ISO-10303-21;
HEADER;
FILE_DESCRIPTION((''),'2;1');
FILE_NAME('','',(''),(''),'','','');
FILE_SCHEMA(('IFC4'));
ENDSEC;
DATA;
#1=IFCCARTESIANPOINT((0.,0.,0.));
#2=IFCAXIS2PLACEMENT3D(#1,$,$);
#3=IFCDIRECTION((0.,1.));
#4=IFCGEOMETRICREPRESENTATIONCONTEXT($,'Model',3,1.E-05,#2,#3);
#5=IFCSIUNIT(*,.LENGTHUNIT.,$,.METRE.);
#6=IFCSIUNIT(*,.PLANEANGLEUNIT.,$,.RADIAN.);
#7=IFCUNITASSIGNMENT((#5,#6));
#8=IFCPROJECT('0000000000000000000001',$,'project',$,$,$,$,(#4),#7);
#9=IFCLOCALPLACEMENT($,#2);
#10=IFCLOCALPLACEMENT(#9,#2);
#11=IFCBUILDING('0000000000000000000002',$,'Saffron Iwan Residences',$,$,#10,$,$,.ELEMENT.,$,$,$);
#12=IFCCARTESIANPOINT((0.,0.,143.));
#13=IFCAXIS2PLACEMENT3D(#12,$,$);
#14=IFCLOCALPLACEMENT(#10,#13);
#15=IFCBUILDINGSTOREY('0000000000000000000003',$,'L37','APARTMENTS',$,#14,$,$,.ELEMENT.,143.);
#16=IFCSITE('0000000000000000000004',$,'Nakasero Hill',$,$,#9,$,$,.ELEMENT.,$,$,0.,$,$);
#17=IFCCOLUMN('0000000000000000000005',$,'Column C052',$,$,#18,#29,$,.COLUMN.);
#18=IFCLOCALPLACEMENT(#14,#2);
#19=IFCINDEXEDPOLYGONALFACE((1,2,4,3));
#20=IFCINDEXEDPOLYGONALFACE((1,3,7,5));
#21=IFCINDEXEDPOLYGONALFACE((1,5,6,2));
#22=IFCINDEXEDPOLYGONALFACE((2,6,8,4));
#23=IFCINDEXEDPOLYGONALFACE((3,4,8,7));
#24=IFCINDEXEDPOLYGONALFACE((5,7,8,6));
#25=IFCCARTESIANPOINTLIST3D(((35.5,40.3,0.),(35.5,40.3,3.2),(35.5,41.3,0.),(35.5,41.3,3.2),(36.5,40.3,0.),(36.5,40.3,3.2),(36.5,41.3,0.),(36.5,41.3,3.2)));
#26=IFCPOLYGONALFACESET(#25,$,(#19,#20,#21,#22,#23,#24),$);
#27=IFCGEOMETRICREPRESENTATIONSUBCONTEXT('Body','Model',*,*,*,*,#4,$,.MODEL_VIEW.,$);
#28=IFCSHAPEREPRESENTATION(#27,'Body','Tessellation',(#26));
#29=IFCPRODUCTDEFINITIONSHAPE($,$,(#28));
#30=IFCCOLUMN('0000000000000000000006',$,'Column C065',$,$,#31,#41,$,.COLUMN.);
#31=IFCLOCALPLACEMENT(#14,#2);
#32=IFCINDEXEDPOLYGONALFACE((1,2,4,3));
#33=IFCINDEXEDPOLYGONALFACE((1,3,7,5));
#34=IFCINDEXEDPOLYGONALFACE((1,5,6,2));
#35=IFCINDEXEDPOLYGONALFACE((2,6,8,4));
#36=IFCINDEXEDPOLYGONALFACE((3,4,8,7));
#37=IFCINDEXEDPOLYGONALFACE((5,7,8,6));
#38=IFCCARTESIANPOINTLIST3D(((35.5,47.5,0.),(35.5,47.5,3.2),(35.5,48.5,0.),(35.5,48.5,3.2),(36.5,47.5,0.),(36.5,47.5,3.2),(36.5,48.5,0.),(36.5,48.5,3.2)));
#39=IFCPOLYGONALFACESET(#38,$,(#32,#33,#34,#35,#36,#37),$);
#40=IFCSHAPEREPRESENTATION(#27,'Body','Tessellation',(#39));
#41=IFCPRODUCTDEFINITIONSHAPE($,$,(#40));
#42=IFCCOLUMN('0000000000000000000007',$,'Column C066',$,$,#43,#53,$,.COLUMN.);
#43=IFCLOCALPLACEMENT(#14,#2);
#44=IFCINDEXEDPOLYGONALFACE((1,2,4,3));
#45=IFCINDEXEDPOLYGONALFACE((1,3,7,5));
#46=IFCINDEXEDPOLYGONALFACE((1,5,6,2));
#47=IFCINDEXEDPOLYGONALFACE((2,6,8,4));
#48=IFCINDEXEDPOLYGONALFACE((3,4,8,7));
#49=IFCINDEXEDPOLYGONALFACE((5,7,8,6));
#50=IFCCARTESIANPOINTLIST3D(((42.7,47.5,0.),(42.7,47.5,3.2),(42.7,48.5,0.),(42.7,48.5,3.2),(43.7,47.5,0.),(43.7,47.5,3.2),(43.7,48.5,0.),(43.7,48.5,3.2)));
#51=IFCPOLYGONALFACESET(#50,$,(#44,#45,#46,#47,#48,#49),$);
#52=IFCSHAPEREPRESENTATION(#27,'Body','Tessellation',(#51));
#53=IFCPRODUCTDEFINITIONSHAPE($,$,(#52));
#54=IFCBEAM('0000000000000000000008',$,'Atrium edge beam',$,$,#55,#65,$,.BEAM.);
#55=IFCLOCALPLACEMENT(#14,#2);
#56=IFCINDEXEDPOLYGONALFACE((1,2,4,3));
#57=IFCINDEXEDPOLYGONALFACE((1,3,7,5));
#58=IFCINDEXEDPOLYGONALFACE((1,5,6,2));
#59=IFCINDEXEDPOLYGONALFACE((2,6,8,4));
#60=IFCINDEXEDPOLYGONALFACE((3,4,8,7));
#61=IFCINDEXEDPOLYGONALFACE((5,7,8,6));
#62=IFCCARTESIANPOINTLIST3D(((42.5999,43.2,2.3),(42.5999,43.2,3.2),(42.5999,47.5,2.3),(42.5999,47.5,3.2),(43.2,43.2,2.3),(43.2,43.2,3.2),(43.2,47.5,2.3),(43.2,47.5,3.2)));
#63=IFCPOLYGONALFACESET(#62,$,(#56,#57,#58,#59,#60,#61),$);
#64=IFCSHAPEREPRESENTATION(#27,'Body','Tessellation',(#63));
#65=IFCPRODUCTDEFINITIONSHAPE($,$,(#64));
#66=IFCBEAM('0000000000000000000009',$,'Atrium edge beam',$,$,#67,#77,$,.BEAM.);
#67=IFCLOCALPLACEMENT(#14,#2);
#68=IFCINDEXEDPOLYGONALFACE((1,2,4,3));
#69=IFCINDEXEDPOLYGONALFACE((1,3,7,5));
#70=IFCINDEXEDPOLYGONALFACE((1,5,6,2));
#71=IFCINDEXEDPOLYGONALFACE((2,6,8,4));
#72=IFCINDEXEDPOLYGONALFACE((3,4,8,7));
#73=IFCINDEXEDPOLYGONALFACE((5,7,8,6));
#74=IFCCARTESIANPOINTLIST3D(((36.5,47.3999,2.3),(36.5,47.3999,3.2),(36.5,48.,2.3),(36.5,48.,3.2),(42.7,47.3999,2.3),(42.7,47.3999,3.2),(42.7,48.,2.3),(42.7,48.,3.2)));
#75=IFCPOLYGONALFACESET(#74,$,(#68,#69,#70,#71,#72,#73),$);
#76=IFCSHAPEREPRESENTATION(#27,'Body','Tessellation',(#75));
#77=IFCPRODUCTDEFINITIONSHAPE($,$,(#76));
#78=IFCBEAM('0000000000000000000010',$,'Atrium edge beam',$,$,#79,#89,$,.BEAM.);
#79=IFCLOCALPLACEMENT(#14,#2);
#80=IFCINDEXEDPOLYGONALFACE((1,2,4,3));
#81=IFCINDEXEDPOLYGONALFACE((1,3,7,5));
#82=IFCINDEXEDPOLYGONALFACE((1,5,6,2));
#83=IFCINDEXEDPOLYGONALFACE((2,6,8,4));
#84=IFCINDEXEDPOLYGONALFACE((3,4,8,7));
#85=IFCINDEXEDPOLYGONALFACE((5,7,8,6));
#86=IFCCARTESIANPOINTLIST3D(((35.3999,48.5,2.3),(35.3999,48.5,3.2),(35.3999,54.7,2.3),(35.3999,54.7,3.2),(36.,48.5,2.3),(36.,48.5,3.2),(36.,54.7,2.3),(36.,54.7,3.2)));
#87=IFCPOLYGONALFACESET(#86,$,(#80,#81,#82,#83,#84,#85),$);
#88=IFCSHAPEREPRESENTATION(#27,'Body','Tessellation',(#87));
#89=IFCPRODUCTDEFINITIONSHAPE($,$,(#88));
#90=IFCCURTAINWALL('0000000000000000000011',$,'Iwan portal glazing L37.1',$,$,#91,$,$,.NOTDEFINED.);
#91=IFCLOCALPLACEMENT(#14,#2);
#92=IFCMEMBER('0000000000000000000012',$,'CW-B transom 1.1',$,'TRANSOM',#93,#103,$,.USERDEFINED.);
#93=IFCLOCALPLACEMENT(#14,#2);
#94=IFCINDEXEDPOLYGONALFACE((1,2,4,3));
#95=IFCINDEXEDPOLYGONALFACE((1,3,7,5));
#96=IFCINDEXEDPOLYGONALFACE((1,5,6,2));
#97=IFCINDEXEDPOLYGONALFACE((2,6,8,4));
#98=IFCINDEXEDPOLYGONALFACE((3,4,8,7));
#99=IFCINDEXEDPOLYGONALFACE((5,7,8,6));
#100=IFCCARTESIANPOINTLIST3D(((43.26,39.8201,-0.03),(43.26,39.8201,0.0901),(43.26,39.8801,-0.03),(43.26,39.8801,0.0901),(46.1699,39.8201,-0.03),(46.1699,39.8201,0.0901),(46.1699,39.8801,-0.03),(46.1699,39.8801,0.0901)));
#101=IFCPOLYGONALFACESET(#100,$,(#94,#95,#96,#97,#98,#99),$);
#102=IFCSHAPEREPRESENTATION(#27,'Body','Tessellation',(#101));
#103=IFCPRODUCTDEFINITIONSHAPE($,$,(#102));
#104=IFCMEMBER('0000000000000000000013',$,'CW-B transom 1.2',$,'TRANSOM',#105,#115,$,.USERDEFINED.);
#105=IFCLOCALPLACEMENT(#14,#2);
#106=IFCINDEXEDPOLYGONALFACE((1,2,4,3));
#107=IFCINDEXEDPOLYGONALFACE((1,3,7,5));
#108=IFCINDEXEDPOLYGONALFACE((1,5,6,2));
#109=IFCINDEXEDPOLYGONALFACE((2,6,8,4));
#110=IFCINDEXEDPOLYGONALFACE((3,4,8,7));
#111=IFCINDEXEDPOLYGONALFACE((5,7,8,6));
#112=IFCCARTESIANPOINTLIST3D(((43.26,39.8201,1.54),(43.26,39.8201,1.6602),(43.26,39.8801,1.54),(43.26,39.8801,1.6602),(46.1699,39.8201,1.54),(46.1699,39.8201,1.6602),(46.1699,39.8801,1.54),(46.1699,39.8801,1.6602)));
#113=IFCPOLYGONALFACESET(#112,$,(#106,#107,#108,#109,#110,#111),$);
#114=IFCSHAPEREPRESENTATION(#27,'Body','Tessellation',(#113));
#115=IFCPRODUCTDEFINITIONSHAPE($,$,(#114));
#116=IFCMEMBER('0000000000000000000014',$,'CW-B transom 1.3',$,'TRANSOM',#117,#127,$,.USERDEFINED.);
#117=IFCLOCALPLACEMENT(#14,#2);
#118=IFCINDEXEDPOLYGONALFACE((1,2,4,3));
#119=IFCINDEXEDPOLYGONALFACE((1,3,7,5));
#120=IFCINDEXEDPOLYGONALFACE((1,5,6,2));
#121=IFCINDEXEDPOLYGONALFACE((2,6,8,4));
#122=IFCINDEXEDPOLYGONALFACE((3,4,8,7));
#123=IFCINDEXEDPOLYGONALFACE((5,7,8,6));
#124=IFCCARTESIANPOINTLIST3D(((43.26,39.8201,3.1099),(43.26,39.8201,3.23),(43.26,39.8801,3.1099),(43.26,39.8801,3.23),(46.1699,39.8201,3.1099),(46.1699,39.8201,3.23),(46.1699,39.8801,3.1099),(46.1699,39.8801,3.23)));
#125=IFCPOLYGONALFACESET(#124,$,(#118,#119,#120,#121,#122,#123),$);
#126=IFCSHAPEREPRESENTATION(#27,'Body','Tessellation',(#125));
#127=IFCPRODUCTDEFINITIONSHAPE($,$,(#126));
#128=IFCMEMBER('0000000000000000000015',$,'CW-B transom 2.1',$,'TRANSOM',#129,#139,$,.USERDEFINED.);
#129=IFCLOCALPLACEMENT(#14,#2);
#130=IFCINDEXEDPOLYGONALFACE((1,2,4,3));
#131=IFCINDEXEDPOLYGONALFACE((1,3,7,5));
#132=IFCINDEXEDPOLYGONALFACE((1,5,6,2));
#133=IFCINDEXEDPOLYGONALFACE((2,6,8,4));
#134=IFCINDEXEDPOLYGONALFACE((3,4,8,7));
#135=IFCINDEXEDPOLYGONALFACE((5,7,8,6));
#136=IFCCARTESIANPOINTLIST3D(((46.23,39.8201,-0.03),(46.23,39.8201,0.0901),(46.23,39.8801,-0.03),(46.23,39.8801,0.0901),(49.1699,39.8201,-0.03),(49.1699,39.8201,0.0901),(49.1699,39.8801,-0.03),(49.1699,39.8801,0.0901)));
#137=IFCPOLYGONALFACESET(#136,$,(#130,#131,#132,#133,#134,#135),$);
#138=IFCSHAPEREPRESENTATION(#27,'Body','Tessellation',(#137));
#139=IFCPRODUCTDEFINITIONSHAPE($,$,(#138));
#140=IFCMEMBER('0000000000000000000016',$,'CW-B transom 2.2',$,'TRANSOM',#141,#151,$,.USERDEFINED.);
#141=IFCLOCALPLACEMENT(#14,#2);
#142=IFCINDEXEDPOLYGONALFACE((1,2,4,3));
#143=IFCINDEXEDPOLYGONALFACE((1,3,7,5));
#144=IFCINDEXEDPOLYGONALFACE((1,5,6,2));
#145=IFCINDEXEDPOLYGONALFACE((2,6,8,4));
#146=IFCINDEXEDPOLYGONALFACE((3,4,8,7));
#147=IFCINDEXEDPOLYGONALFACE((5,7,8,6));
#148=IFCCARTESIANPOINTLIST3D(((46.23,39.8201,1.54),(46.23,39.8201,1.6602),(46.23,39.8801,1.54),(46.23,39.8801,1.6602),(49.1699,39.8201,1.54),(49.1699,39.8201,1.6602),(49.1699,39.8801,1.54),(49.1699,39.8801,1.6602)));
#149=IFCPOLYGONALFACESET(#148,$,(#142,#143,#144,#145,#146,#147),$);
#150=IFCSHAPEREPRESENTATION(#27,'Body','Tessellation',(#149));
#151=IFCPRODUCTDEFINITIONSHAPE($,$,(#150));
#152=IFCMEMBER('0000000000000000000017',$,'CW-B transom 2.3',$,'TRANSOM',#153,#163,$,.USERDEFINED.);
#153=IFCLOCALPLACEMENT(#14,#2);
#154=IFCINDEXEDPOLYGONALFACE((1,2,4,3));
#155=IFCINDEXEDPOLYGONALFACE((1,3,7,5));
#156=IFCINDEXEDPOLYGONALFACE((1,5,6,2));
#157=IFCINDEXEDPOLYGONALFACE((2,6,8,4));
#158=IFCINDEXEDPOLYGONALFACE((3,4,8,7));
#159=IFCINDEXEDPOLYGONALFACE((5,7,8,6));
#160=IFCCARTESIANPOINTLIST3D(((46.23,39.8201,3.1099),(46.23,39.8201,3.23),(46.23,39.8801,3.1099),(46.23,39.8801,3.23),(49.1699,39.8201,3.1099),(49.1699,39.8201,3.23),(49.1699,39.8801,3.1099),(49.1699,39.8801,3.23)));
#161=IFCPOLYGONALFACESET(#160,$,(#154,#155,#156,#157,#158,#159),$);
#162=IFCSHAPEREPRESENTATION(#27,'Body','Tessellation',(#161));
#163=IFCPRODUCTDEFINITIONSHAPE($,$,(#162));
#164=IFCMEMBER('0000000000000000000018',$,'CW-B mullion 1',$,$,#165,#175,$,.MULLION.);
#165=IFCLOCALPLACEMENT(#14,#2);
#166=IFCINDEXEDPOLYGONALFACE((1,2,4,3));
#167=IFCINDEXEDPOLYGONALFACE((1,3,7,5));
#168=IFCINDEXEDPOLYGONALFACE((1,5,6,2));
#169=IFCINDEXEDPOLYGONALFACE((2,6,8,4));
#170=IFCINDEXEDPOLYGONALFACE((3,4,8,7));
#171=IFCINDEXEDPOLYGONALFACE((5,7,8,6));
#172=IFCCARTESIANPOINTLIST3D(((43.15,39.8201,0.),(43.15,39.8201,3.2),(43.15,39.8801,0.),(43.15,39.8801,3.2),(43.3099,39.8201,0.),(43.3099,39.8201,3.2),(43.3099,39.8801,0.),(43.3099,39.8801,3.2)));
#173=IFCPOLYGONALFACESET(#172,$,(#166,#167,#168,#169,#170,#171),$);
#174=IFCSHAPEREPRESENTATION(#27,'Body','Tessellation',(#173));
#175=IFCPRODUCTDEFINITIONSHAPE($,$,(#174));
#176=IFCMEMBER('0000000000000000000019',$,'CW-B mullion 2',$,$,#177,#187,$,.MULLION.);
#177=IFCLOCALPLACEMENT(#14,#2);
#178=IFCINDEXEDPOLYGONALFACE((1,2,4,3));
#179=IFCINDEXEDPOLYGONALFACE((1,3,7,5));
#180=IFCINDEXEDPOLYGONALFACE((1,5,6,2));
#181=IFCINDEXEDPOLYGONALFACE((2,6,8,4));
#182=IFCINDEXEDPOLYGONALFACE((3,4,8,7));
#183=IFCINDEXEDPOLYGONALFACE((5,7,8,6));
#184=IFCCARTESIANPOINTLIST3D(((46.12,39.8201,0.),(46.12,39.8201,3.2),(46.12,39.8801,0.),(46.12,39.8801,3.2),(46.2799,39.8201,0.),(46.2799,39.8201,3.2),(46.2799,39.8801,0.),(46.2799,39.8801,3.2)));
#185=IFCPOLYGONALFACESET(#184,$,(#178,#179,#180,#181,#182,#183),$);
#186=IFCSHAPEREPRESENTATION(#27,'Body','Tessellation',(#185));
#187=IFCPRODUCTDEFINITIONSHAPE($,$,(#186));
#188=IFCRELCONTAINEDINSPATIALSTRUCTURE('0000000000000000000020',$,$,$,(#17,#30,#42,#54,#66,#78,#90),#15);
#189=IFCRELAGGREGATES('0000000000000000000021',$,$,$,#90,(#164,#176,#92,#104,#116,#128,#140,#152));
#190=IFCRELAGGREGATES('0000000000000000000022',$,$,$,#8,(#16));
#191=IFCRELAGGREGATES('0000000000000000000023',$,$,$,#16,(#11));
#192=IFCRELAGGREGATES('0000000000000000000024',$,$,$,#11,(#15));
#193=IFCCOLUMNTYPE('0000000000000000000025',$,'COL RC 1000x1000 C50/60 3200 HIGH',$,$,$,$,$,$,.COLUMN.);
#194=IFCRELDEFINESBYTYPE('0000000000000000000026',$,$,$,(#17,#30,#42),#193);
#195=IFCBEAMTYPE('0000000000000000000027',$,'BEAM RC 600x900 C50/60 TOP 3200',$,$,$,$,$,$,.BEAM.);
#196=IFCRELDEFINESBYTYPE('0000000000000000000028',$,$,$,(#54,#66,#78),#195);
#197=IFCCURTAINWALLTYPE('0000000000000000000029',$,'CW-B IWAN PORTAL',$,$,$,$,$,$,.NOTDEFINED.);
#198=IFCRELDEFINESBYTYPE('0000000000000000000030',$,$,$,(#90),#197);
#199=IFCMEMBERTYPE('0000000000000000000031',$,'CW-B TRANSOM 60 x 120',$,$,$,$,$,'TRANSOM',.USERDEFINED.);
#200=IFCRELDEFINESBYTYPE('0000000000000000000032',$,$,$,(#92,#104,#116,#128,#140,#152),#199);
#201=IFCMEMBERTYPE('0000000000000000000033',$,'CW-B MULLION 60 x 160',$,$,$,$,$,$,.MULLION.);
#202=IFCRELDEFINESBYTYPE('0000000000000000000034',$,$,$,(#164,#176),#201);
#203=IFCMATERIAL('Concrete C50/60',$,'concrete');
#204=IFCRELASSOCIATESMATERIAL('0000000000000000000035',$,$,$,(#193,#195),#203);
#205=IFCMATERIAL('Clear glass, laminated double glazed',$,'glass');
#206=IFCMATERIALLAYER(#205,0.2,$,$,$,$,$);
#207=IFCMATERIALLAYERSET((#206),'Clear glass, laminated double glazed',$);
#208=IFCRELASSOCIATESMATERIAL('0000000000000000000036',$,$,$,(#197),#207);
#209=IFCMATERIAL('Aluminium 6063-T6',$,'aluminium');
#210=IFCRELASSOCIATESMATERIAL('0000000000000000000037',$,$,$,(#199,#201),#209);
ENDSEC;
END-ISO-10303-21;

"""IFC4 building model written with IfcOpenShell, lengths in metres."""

from ifc_helpers import new_model, si_unit, direction, frame, origin, origin_2d, place, context, subcontext, project, spatial, rectangle, extrude, source, transform, mapped, material, layer, layer_set, material_profile, profile_set, type_object, element, aggregate, save


model = new_model("IFC4")

# Units and contexts
model_context = context("Model", 3, precision=1e-05, world=origin(), true_north=direction((0.0, 1.0)))
body_context = subcontext(model_context, "Body", "Model", "MODEL_VIEW")
ifc_project = project(units=[si_unit("LENGTHUNIT", "METRE"), si_unit("PLANEANGLEUNIT", "RADIAN")], contexts=[model_context])

# Site, building, storey
site_placement = place(None, origin())
site = spatial("IfcSite", under=ifc_project, at=site_placement, Name="Nakasero Hill", CompositionType="ELEMENT", RefElevation=0.0)
building_placement = place(site_placement, origin())
building = spatial("IfcBuilding", under=site, at=building_placement, Name="Saffron Iwan Residences", CompositionType="ELEMENT")
storey_placement = place(building_placement, frame((0.0, 0.0, 143.0)))
storey = spatial("IfcBuildingStorey", under=building, at=storey_placement, Name="L37", Description="APARTMENTS", CompositionType="ELEMENT", Elevation=143.0)

# Columns
ifc_material_1 = material(Name="Concrete C50/60", Category="concrete")
ifc_material_profile_1 = material_profile(ifc_material_1, rectangle(XDim=1.0, YDim=1.0, at=origin_2d()), Name="RC 1000x1000")
ifc_profile_set_1 = profile_set([ifc_material_profile_1], Name="Concrete C50/60")
column_type = type_object("IfcColumnType", Name="COL RC 1000x1000 C50/60 3200 HIGH", PredefinedType="COLUMN", material=ifc_profile_set_1)
shared_shape_1 = source(origin(), body_context, "Body", "SweptSolid", [
    extrude(rectangle(XDim=1.0, YDim=1.0, at=origin_2d()), origin(), (0.0, 0.0, 1.0), 3.2),
])
for number, where, z_axis, x_axis, name in (
    (1, (36.0, 40.8, 0.0), (0.0, 0.0, 1.0), (1.0, 0.0, 0.0), "Column C052"),
    (2, (36.0, 48.0, 0.0), (0.0, 0.0, 1.0), (1.0, 0.0, 0.0), "Column C065"),
    (3, (43.2, 48.0, 0.0), (0.0, 0.0, 1.0), (1.0, 0.0, 0.0), "Column C066"),
):
    element("IfcColumn", number, at=place(storey_placement, frame(where, z_axis=z_axis, x_axis=x_axis)), inside=storey, type_object=column_type, Name=name, PredefinedType="COLUMN", context=body_context, shape_type="MappedRepresentation", body=[
        mapped(shared_shape_1, transform((0.0, 0.0, 0.0))),
    ])

# Beams
ifc_material_profile_2 = material_profile(ifc_material_1, rectangle(XDim=0.6001, YDim=0.8999, at=origin_2d()), Name="RC 600x900")
ifc_profile_set_2 = profile_set([ifc_material_profile_2], Name="Concrete C50/60")
beam_type = type_object("IfcBeamType", Name="BEAM RC 600x900 C50/60 TOP 3200", PredefinedType="BEAM", material=ifc_profile_set_2)
shared_shape_2 = source(origin(), body_context, "Body", "SweptSolid", [
    extrude(rectangle(XDim=0.6001, YDim=0.8999, at=origin_2d()), origin(), (0.0, 0.0, 1.0), 4.3),
])
beam_placement = place(storey_placement, frame((42.8999, 43.2, 2.75), z_axis=(0.0, 1.0, 0.0), x_axis=(-1.0, 0.0, 0.0)))
element("IfcBeam", 4, at=beam_placement, inside=storey, type_object=beam_type, Name="Atrium edge beam", PredefinedType="BEAM", context=body_context, shape_type="MappedRepresentation", body=[
    mapped(shared_shape_2, transform((0.0, 0.0, 0.0))),
])
shared_shape_3 = source(origin(), body_context, "Body", "SweptSolid", [
    extrude(rectangle(XDim=0.6001, YDim=0.8999, at=origin_2d()), origin(), (0.0, 0.0, 1.0), 6.2),
])
for number, where, z_axis, x_axis, name in (
    (5, (42.7, 47.7, 2.75), (-1.0, 0.0, 0.0), (0.0, -1.0, 0.0), "Atrium edge beam"),
    (6, (35.7, 48.5, 2.75), (0.0, 1.0, 0.0), (-1.0, 0.0, 0.0), "Atrium edge beam"),
):
    element("IfcBeam", number, at=place(storey_placement, frame(where, z_axis=z_axis, x_axis=x_axis)), inside=storey, type_object=beam_type, Name=name, PredefinedType="BEAM", context=body_context, shape_type="MappedRepresentation", body=[
        mapped(shared_shape_3, transform((0.0, 0.0, 0.0))),
    ])

# Curtain wall, members
ifc_material_2 = material(Name="Clear glass, laminated double glazed", Category="glass")
ifc_layer_1 = layer(ifc_material_2, 0.2)
ifc_layer_set_1 = layer_set([ifc_layer_1], Name="Clear glass, laminated double glazed")
curtain_wall_type = type_object("IfcCurtainWallType", Name="CW-B IWAN PORTAL", PredefinedType="NOTDEFINED", material=ifc_layer_set_1)
curtain_wall_placement = place(storey_placement, origin())
curtain_wall = element("IfcCurtainWall", 7, at=curtain_wall_placement, inside=storey, type_object=curtain_wall_type, Name="Iwan portal glazing L37.1", PredefinedType="NOTDEFINED")
ifc_material_3 = material(Name="Aluminium 6063-T6", Category="aluminium")
ifc_material_profile_3 = material_profile(ifc_material_3, rectangle(XDim=0.0601, YDim=0.1201, at=origin_2d()), Name="CW-B TRANSOM 60 x 120")
ifc_profile_set_3 = profile_set([ifc_material_profile_3], Name="Aluminium 6063-T6")
member_type_1 = type_object("IfcMemberType", Name="CW-B TRANSOM 60 x 120", ElementType="TRANSOM", PredefinedType="USERDEFINED", material=ifc_profile_set_3)
shared_shape_4 = source(origin(), body_context, "Body", "SweptSolid", [
    extrude(rectangle(XDim=0.0601, YDim=0.1201, at=origin_2d()), origin(), (0.0, 0.0, 1.0), 2.9099),
])
member_1_placement = place(storey_placement, frame((43.26, 39.8501, 0.03), z_axis=(1.0, 0.0, 0.0), x_axis=(0.0, 1.0, 0.0)))
member_1 = element("IfcMember", 8, at=member_1_placement, type_object=member_type_1, Name="CW-B transom 1.1", ObjectType="TRANSOM", PredefinedType="USERDEFINED", context=body_context, shape_type="MappedRepresentation", body=[
    mapped(shared_shape_4, transform((0.0, 0.0, 0.0))),
])
member_2_placement = place(storey_placement, frame((43.26, 39.8501, 1.6001), z_axis=(1.0, 0.0, 0.0), x_axis=(0.0, 1.0, 0.0)))
member_2 = element("IfcMember", 9, at=member_2_placement, type_object=member_type_1, Name="CW-B transom 1.2", ObjectType="TRANSOM", PredefinedType="USERDEFINED", context=body_context, shape_type="MappedRepresentation", body=[
    mapped(shared_shape_4, transform((0.0, 0.0, 0.0))),
])
member_3_placement = place(storey_placement, frame((43.26, 39.8501, 3.1699), z_axis=(1.0, 0.0, 0.0), x_axis=(0.0, 1.0, 0.0)))
member_3 = element("IfcMember", 10, at=member_3_placement, type_object=member_type_1, Name="CW-B transom 1.3", ObjectType="TRANSOM", PredefinedType="USERDEFINED", context=body_context, shape_type="MappedRepresentation", body=[
    mapped(shared_shape_4, transform((0.0, 0.0, 0.0))),
])
shared_shape_5 = source(origin(), body_context, "Body", "SweptSolid", [
    extrude(rectangle(XDim=0.0601, YDim=0.1201, at=origin_2d()), origin(), (0.0, 0.0, 1.0), 2.9399),
])
member_4_placement = place(storey_placement, frame((46.23, 39.8501, 0.03), z_axis=(1.0, 0.0, 0.0), x_axis=(0.0, 1.0, 0.0)))
member_4 = element("IfcMember", 11, at=member_4_placement, type_object=member_type_1, Name="CW-B transom 2.1", ObjectType="TRANSOM", PredefinedType="USERDEFINED", context=body_context, shape_type="MappedRepresentation", body=[
    mapped(shared_shape_5, transform((0.0, 0.0, 0.0))),
])
member_5_placement = place(storey_placement, frame((46.23, 39.8501, 1.6001), z_axis=(1.0, 0.0, 0.0), x_axis=(0.0, 1.0, 0.0)))
member_5 = element("IfcMember", 12, at=member_5_placement, type_object=member_type_1, Name="CW-B transom 2.2", ObjectType="TRANSOM", PredefinedType="USERDEFINED", context=body_context, shape_type="MappedRepresentation", body=[
    mapped(shared_shape_5, transform((0.0, 0.0, 0.0))),
])
member_6_placement = place(storey_placement, frame((46.23, 39.8501, 3.1699), z_axis=(1.0, 0.0, 0.0), x_axis=(0.0, 1.0, 0.0)))
member_6 = element("IfcMember", 13, at=member_6_placement, type_object=member_type_1, Name="CW-B transom 2.3", ObjectType="TRANSOM", PredefinedType="USERDEFINED", context=body_context, shape_type="MappedRepresentation", body=[
    mapped(shared_shape_5, transform((0.0, 0.0, 0.0))),
])
ifc_material_profile_4 = material_profile(ifc_material_3, rectangle(XDim=0.0601, YDim=0.1599, at=origin_2d()), Name="CW-B MULLION 60 x 160")
ifc_profile_set_4 = profile_set([ifc_material_profile_4], Name="Aluminium 6063-T6")
member_type_2 = type_object("IfcMemberType", Name="CW-B MULLION 60 x 160", PredefinedType="MULLION", material=ifc_profile_set_4)
shared_shape_6 = source(origin(), body_context, "Body", "SweptSolid", [
    extrude(rectangle(XDim=0.0601, YDim=0.1599, at=origin_2d()), origin(), (0.0, 0.0, 1.0), 3.2),
])
member_7_placement = place(storey_placement, frame((43.23, 39.8501, 0.0), z_axis=(0.0, 0.0, 1.0), x_axis=(0.0, 1.0, 0.0)))
member_7 = element("IfcMember", 14, at=member_7_placement, type_object=member_type_2, Name="CW-B mullion 1", PredefinedType="MULLION", context=body_context, shape_type="MappedRepresentation", body=[
    mapped(shared_shape_6, transform((0.0, 0.0, 0.0))),
])
member_8_placement = place(storey_placement, frame((46.2, 39.8501, 0.0), z_axis=(0.0, 0.0, 1.0), x_axis=(0.0, 1.0, 0.0)))
member_8 = element("IfcMember", 15, at=member_8_placement, type_object=member_type_2, Name="CW-B mullion 2", PredefinedType="MULLION", context=body_context, shape_type="MappedRepresentation", body=[
    mapped(shared_shape_6, transform((0.0, 0.0, 0.0))),
])
aggregate(curtain_wall, [member_7, member_8, member_1, member_2, member_3, member_4, member_5, member_6])

save(model, "model.ifc")
